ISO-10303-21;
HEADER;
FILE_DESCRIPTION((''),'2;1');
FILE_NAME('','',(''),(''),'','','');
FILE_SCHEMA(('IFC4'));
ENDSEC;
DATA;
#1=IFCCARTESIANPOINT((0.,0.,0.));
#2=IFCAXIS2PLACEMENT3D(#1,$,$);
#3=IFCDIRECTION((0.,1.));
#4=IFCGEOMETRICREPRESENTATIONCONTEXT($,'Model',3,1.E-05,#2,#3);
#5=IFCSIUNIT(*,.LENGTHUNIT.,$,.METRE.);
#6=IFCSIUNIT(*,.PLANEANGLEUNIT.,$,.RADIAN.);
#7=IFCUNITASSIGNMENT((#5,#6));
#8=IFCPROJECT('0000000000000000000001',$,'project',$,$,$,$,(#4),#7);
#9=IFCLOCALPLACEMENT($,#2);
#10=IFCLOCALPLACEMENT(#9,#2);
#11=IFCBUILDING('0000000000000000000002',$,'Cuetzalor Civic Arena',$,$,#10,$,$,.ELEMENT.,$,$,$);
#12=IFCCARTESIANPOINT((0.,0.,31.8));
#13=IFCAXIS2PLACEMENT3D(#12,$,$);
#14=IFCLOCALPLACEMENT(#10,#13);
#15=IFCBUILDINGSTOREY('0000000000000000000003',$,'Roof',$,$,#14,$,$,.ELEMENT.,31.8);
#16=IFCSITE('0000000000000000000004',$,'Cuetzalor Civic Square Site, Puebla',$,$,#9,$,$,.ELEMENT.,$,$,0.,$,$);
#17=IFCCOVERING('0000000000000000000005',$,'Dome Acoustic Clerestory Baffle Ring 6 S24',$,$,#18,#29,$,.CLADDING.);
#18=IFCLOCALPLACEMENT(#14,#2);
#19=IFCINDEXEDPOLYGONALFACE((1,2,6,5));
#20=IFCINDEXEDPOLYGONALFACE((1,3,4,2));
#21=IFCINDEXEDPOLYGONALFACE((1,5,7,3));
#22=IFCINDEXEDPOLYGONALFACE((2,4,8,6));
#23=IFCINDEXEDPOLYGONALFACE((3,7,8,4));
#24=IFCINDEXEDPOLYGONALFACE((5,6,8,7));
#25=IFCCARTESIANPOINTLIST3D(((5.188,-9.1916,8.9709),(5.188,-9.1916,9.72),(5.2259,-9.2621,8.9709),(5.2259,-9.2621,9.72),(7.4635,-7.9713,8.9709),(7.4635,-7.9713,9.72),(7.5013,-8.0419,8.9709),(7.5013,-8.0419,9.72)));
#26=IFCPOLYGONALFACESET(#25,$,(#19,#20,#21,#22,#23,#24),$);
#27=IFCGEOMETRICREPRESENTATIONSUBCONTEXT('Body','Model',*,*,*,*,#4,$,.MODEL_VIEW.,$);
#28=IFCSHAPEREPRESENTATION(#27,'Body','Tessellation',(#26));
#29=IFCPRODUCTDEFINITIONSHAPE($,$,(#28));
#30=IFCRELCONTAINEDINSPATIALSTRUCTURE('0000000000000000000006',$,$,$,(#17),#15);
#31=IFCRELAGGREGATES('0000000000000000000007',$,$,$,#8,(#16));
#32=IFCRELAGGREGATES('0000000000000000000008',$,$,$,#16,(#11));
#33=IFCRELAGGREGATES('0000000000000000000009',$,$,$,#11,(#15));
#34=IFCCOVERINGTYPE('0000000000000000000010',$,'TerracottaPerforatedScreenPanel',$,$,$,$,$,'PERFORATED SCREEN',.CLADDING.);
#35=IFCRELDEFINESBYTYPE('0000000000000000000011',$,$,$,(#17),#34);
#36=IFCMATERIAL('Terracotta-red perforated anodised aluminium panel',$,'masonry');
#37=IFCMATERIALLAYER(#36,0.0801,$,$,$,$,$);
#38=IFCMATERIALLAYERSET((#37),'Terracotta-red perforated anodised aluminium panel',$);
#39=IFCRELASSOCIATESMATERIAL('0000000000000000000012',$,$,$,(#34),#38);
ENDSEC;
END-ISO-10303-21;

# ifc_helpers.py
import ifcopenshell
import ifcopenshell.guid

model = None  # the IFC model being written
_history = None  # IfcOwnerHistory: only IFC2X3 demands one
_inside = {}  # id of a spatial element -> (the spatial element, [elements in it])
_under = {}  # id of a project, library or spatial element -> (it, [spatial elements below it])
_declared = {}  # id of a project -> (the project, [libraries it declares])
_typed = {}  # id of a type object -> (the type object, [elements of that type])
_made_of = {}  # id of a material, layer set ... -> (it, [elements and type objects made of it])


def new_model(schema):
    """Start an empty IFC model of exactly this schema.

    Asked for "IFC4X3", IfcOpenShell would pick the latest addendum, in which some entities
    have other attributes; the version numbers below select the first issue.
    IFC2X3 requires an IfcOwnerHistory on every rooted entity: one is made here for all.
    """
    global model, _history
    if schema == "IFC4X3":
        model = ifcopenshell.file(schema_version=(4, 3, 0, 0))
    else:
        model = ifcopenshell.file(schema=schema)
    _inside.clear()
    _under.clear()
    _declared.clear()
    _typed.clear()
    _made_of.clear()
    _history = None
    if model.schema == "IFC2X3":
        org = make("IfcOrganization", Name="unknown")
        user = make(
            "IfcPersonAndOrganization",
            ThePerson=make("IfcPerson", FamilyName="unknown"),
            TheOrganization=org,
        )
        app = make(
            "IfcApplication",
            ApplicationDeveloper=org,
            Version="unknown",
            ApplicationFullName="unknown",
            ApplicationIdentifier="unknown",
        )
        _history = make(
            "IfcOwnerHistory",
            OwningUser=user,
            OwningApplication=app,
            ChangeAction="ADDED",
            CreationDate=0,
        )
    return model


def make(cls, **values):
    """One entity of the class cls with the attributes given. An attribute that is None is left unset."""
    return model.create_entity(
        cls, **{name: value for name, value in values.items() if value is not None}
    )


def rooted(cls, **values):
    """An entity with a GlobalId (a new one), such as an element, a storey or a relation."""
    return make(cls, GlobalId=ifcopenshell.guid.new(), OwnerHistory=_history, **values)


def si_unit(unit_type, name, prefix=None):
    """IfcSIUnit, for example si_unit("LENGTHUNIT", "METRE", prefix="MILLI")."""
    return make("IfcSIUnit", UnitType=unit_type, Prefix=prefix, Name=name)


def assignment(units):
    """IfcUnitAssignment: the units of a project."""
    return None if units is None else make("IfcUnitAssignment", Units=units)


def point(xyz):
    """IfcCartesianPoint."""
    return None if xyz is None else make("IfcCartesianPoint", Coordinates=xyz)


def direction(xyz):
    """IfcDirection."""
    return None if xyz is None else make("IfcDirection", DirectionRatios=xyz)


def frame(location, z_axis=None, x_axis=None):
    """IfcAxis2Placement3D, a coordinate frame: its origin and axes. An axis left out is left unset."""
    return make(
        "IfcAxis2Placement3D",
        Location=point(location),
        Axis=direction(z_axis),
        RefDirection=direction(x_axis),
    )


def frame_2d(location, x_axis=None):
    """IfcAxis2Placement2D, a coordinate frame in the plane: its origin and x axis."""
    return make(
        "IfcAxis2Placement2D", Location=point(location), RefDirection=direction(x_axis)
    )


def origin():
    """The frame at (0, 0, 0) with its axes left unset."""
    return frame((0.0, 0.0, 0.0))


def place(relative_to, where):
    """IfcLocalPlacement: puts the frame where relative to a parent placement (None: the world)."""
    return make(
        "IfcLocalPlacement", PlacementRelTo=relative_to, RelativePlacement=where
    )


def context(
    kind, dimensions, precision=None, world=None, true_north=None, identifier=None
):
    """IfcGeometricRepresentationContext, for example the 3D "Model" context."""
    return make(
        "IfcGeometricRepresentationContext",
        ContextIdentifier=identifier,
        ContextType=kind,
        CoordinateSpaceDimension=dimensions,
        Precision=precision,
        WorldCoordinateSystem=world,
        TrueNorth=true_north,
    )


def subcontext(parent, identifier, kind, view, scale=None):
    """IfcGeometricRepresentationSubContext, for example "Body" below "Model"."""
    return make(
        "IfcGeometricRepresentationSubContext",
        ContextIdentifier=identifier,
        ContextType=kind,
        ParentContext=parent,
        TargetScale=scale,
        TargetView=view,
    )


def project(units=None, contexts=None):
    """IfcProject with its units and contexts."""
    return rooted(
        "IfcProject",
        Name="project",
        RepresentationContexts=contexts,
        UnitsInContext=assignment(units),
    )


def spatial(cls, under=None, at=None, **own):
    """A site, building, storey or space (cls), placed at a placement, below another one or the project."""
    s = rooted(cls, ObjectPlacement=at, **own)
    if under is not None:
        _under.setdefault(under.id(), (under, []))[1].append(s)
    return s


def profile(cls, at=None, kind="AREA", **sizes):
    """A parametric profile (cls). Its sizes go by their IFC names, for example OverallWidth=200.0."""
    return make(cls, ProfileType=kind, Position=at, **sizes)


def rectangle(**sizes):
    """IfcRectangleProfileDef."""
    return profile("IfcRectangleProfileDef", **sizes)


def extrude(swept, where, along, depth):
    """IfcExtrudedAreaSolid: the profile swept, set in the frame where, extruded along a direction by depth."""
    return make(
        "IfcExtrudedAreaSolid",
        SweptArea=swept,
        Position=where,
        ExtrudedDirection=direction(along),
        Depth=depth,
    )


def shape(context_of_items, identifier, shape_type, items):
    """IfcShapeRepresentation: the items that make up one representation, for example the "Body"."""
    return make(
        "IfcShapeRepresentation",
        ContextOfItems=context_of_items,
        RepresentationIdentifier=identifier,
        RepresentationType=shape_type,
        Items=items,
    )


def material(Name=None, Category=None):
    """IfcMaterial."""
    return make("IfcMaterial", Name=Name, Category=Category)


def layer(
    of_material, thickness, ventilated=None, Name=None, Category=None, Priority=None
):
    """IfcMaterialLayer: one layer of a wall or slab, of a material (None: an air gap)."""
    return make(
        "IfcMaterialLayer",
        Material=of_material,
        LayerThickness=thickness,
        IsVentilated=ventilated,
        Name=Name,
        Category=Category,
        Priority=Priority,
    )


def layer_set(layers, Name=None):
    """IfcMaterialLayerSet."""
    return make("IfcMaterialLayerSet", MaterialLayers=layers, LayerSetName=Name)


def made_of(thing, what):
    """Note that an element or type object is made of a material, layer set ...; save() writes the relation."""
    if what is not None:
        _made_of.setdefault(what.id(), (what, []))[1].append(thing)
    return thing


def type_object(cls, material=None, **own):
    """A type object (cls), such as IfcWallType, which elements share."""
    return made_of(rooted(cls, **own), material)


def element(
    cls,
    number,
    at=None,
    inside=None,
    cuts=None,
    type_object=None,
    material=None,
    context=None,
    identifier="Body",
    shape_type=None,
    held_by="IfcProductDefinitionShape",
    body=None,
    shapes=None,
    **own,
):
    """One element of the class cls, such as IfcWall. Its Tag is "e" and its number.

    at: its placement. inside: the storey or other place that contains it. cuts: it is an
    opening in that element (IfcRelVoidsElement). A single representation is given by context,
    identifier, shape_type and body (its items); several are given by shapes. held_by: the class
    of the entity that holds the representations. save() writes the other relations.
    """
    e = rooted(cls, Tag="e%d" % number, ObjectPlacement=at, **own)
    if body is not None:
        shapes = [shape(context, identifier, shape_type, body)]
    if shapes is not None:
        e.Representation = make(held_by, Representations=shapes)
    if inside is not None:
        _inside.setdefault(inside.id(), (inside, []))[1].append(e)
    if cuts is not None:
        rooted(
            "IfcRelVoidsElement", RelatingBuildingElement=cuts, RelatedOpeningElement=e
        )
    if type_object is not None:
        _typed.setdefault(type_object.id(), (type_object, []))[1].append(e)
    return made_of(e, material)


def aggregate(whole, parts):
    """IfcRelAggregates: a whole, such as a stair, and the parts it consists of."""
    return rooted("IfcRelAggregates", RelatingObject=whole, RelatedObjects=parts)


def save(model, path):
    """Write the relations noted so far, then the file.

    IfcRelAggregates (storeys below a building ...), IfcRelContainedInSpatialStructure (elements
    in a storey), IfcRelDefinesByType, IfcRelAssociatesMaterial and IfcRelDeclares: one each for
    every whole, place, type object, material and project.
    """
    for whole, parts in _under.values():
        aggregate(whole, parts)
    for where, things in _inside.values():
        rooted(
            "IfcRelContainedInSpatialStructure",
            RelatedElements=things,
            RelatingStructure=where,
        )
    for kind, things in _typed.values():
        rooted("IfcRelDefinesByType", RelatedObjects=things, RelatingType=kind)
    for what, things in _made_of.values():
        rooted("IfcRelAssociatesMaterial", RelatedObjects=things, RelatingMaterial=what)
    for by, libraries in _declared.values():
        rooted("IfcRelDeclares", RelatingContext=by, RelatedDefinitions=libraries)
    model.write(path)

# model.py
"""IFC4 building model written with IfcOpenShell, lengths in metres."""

from ifc_helpers import new_model, si_unit, direction, frame, frame_2d, origin, place, context, subcontext, project, spatial, rectangle, extrude, material, layer, layer_set, type_object, element, save


model = new_model("IFC4")

# Units and contexts
model_context = context("Model", 3, precision=1e-05, world=origin(), true_north=direction((0.0, 1.0)))
body_context = subcontext(model_context, "Body", "Model", "MODEL_VIEW")
ifc_project = project(units=[si_unit("LENGTHUNIT", "METRE"), si_unit("PLANEANGLEUNIT", "RADIAN")], contexts=[model_context])

# Site, building, storey
site_placement = place(None, origin())
site = spatial("IfcSite", under=ifc_project, at=site_placement, Name="Cuetzalor Civic Square Site, Puebla", CompositionType="ELEMENT", RefElevation=0.0)
building_placement = place(site_placement, origin())
building = spatial("IfcBuilding", under=site, at=building_placement, Name="Cuetzalor Civic Arena", CompositionType="ELEMENT")
storey_placement = place(building_placement, frame((0.0, 0.0, 31.8)))
storey = spatial("IfcBuildingStorey", under=building, at=storey_placement, Name="Roof", CompositionType="ELEMENT", Elevation=31.8)

# Covering
ifc_material_1 = material(Name="Terracotta-red perforated anodised aluminium panel", Category="masonry")
ifc_layer_1 = layer(ifc_material_1, 0.0801)
ifc_layer_set_1 = layer_set([ifc_layer_1], Name="Terracotta-red perforated anodised aluminium panel")
covering_type = type_object("IfcCoveringType", Name="TerracottaPerforatedScreenPanel", ElementType="PERFORATED SCREEN", PredefinedType="CLADDING", material=ifc_layer_set_1)
covering_1_placement = place(storey_placement, frame((7.4824, -8.0066, 8.9709), z_axis=(0.0, 0.0, 1.0), x_axis=(-0.881277, -0.472599, 0.0)))
element("IfcCovering", 1, at=covering_1_placement, inside=storey, type_object=covering_type, Name="Dome Acoustic Clerestory Baffle Ring 6 S24", PredefinedType="CLADDING", context=body_context, shape_type="SweptSolid", body=[
    extrude(rectangle(XDim=2.582, YDim=0.0801, at=frame_2d((1.291, 0.0))), origin(), (0.0, 0.0, 1.0), 0.749),
])

save(model, "model.ifc")
